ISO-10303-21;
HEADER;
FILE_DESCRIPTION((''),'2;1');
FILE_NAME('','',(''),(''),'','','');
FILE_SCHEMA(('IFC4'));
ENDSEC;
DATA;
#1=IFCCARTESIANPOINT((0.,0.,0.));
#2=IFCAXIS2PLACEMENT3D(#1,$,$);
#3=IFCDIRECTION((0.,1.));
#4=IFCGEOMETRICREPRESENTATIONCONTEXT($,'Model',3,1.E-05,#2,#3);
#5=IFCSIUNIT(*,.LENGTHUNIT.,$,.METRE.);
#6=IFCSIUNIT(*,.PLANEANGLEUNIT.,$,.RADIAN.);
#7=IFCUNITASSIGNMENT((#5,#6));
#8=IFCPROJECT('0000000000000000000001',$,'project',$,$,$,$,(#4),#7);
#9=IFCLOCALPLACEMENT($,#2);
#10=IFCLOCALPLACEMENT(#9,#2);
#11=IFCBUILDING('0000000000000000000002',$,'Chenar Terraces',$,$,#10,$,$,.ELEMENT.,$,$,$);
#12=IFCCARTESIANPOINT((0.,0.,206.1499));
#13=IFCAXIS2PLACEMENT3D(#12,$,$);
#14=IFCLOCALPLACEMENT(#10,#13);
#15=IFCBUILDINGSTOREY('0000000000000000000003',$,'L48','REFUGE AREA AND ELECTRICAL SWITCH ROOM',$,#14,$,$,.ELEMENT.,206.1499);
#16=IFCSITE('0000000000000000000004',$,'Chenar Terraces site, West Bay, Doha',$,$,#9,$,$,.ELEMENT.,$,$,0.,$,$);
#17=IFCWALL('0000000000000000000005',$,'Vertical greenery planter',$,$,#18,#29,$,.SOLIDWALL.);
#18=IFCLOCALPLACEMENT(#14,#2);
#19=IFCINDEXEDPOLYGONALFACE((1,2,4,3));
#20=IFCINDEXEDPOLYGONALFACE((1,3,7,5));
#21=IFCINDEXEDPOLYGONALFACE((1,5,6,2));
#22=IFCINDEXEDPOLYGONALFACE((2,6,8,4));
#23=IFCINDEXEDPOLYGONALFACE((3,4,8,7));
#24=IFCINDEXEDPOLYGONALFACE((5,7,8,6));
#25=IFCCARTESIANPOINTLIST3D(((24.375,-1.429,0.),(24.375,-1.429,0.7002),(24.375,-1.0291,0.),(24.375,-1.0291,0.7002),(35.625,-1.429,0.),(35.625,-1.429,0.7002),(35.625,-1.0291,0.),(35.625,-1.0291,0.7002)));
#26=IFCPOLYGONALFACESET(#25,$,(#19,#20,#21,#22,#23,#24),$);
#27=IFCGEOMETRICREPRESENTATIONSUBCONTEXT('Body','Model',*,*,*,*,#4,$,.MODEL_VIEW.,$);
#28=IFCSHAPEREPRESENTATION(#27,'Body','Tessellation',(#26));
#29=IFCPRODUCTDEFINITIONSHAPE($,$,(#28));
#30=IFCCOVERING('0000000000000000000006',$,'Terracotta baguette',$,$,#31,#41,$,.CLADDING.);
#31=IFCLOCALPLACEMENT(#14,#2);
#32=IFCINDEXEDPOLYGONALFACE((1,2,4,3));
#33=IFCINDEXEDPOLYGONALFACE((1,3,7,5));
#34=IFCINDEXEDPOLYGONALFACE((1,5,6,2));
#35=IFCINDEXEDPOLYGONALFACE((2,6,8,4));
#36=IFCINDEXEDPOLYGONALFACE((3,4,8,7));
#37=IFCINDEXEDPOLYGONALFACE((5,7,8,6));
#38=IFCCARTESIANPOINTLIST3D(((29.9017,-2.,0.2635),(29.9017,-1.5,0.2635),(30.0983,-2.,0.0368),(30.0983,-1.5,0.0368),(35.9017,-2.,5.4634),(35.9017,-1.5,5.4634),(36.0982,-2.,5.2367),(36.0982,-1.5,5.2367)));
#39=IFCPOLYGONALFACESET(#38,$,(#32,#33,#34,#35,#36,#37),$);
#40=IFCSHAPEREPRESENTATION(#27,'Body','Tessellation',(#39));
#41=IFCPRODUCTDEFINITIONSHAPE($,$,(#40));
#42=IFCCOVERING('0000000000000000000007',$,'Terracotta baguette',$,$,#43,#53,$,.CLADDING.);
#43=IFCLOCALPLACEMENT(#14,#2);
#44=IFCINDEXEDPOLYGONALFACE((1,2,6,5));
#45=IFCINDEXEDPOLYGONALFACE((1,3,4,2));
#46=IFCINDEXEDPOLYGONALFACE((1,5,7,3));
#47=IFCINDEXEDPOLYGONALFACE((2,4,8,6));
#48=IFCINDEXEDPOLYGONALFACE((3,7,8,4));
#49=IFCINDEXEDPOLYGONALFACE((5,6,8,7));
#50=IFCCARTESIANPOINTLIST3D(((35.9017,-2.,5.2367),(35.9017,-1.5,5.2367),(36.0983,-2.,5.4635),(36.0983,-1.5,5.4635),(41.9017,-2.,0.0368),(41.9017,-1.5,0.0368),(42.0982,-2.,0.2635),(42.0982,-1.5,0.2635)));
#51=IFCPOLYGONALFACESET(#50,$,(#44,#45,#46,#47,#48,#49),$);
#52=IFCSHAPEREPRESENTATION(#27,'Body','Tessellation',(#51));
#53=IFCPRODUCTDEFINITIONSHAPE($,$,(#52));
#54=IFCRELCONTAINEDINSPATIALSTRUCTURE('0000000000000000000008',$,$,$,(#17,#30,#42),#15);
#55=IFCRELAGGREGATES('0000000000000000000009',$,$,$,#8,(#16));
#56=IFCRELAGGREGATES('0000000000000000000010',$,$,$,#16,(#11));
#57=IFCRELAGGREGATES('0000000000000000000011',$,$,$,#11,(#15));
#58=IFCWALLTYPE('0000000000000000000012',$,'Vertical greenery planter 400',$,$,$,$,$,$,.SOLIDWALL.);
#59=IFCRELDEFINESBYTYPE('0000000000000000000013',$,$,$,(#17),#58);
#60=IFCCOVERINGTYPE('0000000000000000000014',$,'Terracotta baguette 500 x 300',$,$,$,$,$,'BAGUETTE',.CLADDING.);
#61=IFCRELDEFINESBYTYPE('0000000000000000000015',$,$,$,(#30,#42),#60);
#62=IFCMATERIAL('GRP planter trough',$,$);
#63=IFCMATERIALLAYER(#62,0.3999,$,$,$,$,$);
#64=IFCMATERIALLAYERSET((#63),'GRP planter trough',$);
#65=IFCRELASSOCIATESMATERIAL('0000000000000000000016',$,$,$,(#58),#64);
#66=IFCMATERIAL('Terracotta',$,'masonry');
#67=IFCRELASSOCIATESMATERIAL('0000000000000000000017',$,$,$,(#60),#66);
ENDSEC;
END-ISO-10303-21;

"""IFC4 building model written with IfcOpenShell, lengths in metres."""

from ifc_helpers import new_model, si_unit, direction, frame, frame_2d, origin, origin_2d, place, context, subcontext, project, spatial, rectangle, extrude, material, layer, layer_set, material_profile, profile_set, type_object, element, save


model = new_model("IFC4")

# Units and contexts
model_context = context("Model", 3, precision=1e-05, world=origin(), true_north=direction((0.0, 1.0)))
body_context = subcontext(model_context, "Body", "Model", "MODEL_VIEW")
ifc_project = project(units=[si_unit("LENGTHUNIT", "METRE"), si_unit("PLANEANGLEUNIT", "RADIAN")], contexts=[model_context])

# Site, building, storey
site_placement = place(None, origin())
site = spatial("IfcSite", under=ifc_project, at=site_placement, Name="Chenar Terraces site, West Bay, Doha", CompositionType="ELEMENT", RefElevation=0.0)
building_placement = place(site_placement, origin())
building = spatial("IfcBuilding", under=site, at=building_placement, Name="Chenar Terraces", CompositionType="ELEMENT")
storey_placement = place(building_placement, frame((0.0, 0.0, 206.1499)))
storey = spatial("IfcBuildingStorey", under=building, at=storey_placement, Name="L48", Description="REFUGE AREA AND ELECTRICAL SWITCH ROOM", CompositionType="ELEMENT", Elevation=206.1499)

# Wall
ifc_material_1 = material(Name="GRP planter trough")
ifc_layer_1 = layer(ifc_material_1, 0.3999)
ifc_layer_set_1 = layer_set([ifc_layer_1], Name="GRP planter trough")
wall_type_1 = type_object("IfcWallType", Name="Vertical greenery planter 400", PredefinedType="SOLIDWALL", material=ifc_layer_set_1)
wall_1_placement = place(storey_placement, frame((24.375, -1.229, 0.0), z_axis=(0.0, 0.0, 1.0), x_axis=(1.0, 0.0, 0.0)))
element("IfcWall", 1, at=wall_1_placement, inside=storey, type_object=wall_type_1, Name="Vertical greenery planter", PredefinedType="SOLIDWALL", context=body_context, shape_type="SweptSolid", body=[
    extrude(rectangle(XDim=11.25, YDim=0.3999, at=frame_2d((5.625, 0.0))), origin(), (0.0, 0.0, 1.0), 0.7002),
])

# Coverings
ifc_material_2 = material(Name="Terracotta", Category="masonry")
ifc_material_profile_1 = material_profile(ifc_material_2, rectangle(XDim=0.5, YDim=0.3, at=origin_2d()), Name="Terracotta baguette 500 x 300")
ifc_profile_set_1 = profile_set([ifc_material_profile_1], Name="Terracotta")
covering_type = type_object("IfcCoveringType", Name="Terracotta baguette 500 x 300", ElementType="BAGUETTE", PredefinedType="CLADDING", material=ifc_profile_set_1)
for number, where, z_axis, x_axis, name in (
    (2, (30.0, -1.75, 0.1501), (0.755692, 0.0, 0.654927), (0.0, 1.0, 0.0), "Terracotta baguette"),
    (3, (36.0, -1.75, 5.3501), (0.755692, 0.0, -0.654927), (0.0, 1.0, 0.0), "Terracotta baguette"),
):
    element("IfcCovering", number, at=place(storey_placement, frame(where, z_axis=z_axis, x_axis=x_axis)), inside=storey, type_object=covering_type, Name=name, PredefinedType="CLADDING", context=body_context, shape_type="SweptSolid", body=[
        extrude(rectangle(XDim=0.5, YDim=0.3, at=origin_2d()), origin(), (0.0, 0.0, 1.0), 7.9397),
    ])

save(model, "model.ifc")
